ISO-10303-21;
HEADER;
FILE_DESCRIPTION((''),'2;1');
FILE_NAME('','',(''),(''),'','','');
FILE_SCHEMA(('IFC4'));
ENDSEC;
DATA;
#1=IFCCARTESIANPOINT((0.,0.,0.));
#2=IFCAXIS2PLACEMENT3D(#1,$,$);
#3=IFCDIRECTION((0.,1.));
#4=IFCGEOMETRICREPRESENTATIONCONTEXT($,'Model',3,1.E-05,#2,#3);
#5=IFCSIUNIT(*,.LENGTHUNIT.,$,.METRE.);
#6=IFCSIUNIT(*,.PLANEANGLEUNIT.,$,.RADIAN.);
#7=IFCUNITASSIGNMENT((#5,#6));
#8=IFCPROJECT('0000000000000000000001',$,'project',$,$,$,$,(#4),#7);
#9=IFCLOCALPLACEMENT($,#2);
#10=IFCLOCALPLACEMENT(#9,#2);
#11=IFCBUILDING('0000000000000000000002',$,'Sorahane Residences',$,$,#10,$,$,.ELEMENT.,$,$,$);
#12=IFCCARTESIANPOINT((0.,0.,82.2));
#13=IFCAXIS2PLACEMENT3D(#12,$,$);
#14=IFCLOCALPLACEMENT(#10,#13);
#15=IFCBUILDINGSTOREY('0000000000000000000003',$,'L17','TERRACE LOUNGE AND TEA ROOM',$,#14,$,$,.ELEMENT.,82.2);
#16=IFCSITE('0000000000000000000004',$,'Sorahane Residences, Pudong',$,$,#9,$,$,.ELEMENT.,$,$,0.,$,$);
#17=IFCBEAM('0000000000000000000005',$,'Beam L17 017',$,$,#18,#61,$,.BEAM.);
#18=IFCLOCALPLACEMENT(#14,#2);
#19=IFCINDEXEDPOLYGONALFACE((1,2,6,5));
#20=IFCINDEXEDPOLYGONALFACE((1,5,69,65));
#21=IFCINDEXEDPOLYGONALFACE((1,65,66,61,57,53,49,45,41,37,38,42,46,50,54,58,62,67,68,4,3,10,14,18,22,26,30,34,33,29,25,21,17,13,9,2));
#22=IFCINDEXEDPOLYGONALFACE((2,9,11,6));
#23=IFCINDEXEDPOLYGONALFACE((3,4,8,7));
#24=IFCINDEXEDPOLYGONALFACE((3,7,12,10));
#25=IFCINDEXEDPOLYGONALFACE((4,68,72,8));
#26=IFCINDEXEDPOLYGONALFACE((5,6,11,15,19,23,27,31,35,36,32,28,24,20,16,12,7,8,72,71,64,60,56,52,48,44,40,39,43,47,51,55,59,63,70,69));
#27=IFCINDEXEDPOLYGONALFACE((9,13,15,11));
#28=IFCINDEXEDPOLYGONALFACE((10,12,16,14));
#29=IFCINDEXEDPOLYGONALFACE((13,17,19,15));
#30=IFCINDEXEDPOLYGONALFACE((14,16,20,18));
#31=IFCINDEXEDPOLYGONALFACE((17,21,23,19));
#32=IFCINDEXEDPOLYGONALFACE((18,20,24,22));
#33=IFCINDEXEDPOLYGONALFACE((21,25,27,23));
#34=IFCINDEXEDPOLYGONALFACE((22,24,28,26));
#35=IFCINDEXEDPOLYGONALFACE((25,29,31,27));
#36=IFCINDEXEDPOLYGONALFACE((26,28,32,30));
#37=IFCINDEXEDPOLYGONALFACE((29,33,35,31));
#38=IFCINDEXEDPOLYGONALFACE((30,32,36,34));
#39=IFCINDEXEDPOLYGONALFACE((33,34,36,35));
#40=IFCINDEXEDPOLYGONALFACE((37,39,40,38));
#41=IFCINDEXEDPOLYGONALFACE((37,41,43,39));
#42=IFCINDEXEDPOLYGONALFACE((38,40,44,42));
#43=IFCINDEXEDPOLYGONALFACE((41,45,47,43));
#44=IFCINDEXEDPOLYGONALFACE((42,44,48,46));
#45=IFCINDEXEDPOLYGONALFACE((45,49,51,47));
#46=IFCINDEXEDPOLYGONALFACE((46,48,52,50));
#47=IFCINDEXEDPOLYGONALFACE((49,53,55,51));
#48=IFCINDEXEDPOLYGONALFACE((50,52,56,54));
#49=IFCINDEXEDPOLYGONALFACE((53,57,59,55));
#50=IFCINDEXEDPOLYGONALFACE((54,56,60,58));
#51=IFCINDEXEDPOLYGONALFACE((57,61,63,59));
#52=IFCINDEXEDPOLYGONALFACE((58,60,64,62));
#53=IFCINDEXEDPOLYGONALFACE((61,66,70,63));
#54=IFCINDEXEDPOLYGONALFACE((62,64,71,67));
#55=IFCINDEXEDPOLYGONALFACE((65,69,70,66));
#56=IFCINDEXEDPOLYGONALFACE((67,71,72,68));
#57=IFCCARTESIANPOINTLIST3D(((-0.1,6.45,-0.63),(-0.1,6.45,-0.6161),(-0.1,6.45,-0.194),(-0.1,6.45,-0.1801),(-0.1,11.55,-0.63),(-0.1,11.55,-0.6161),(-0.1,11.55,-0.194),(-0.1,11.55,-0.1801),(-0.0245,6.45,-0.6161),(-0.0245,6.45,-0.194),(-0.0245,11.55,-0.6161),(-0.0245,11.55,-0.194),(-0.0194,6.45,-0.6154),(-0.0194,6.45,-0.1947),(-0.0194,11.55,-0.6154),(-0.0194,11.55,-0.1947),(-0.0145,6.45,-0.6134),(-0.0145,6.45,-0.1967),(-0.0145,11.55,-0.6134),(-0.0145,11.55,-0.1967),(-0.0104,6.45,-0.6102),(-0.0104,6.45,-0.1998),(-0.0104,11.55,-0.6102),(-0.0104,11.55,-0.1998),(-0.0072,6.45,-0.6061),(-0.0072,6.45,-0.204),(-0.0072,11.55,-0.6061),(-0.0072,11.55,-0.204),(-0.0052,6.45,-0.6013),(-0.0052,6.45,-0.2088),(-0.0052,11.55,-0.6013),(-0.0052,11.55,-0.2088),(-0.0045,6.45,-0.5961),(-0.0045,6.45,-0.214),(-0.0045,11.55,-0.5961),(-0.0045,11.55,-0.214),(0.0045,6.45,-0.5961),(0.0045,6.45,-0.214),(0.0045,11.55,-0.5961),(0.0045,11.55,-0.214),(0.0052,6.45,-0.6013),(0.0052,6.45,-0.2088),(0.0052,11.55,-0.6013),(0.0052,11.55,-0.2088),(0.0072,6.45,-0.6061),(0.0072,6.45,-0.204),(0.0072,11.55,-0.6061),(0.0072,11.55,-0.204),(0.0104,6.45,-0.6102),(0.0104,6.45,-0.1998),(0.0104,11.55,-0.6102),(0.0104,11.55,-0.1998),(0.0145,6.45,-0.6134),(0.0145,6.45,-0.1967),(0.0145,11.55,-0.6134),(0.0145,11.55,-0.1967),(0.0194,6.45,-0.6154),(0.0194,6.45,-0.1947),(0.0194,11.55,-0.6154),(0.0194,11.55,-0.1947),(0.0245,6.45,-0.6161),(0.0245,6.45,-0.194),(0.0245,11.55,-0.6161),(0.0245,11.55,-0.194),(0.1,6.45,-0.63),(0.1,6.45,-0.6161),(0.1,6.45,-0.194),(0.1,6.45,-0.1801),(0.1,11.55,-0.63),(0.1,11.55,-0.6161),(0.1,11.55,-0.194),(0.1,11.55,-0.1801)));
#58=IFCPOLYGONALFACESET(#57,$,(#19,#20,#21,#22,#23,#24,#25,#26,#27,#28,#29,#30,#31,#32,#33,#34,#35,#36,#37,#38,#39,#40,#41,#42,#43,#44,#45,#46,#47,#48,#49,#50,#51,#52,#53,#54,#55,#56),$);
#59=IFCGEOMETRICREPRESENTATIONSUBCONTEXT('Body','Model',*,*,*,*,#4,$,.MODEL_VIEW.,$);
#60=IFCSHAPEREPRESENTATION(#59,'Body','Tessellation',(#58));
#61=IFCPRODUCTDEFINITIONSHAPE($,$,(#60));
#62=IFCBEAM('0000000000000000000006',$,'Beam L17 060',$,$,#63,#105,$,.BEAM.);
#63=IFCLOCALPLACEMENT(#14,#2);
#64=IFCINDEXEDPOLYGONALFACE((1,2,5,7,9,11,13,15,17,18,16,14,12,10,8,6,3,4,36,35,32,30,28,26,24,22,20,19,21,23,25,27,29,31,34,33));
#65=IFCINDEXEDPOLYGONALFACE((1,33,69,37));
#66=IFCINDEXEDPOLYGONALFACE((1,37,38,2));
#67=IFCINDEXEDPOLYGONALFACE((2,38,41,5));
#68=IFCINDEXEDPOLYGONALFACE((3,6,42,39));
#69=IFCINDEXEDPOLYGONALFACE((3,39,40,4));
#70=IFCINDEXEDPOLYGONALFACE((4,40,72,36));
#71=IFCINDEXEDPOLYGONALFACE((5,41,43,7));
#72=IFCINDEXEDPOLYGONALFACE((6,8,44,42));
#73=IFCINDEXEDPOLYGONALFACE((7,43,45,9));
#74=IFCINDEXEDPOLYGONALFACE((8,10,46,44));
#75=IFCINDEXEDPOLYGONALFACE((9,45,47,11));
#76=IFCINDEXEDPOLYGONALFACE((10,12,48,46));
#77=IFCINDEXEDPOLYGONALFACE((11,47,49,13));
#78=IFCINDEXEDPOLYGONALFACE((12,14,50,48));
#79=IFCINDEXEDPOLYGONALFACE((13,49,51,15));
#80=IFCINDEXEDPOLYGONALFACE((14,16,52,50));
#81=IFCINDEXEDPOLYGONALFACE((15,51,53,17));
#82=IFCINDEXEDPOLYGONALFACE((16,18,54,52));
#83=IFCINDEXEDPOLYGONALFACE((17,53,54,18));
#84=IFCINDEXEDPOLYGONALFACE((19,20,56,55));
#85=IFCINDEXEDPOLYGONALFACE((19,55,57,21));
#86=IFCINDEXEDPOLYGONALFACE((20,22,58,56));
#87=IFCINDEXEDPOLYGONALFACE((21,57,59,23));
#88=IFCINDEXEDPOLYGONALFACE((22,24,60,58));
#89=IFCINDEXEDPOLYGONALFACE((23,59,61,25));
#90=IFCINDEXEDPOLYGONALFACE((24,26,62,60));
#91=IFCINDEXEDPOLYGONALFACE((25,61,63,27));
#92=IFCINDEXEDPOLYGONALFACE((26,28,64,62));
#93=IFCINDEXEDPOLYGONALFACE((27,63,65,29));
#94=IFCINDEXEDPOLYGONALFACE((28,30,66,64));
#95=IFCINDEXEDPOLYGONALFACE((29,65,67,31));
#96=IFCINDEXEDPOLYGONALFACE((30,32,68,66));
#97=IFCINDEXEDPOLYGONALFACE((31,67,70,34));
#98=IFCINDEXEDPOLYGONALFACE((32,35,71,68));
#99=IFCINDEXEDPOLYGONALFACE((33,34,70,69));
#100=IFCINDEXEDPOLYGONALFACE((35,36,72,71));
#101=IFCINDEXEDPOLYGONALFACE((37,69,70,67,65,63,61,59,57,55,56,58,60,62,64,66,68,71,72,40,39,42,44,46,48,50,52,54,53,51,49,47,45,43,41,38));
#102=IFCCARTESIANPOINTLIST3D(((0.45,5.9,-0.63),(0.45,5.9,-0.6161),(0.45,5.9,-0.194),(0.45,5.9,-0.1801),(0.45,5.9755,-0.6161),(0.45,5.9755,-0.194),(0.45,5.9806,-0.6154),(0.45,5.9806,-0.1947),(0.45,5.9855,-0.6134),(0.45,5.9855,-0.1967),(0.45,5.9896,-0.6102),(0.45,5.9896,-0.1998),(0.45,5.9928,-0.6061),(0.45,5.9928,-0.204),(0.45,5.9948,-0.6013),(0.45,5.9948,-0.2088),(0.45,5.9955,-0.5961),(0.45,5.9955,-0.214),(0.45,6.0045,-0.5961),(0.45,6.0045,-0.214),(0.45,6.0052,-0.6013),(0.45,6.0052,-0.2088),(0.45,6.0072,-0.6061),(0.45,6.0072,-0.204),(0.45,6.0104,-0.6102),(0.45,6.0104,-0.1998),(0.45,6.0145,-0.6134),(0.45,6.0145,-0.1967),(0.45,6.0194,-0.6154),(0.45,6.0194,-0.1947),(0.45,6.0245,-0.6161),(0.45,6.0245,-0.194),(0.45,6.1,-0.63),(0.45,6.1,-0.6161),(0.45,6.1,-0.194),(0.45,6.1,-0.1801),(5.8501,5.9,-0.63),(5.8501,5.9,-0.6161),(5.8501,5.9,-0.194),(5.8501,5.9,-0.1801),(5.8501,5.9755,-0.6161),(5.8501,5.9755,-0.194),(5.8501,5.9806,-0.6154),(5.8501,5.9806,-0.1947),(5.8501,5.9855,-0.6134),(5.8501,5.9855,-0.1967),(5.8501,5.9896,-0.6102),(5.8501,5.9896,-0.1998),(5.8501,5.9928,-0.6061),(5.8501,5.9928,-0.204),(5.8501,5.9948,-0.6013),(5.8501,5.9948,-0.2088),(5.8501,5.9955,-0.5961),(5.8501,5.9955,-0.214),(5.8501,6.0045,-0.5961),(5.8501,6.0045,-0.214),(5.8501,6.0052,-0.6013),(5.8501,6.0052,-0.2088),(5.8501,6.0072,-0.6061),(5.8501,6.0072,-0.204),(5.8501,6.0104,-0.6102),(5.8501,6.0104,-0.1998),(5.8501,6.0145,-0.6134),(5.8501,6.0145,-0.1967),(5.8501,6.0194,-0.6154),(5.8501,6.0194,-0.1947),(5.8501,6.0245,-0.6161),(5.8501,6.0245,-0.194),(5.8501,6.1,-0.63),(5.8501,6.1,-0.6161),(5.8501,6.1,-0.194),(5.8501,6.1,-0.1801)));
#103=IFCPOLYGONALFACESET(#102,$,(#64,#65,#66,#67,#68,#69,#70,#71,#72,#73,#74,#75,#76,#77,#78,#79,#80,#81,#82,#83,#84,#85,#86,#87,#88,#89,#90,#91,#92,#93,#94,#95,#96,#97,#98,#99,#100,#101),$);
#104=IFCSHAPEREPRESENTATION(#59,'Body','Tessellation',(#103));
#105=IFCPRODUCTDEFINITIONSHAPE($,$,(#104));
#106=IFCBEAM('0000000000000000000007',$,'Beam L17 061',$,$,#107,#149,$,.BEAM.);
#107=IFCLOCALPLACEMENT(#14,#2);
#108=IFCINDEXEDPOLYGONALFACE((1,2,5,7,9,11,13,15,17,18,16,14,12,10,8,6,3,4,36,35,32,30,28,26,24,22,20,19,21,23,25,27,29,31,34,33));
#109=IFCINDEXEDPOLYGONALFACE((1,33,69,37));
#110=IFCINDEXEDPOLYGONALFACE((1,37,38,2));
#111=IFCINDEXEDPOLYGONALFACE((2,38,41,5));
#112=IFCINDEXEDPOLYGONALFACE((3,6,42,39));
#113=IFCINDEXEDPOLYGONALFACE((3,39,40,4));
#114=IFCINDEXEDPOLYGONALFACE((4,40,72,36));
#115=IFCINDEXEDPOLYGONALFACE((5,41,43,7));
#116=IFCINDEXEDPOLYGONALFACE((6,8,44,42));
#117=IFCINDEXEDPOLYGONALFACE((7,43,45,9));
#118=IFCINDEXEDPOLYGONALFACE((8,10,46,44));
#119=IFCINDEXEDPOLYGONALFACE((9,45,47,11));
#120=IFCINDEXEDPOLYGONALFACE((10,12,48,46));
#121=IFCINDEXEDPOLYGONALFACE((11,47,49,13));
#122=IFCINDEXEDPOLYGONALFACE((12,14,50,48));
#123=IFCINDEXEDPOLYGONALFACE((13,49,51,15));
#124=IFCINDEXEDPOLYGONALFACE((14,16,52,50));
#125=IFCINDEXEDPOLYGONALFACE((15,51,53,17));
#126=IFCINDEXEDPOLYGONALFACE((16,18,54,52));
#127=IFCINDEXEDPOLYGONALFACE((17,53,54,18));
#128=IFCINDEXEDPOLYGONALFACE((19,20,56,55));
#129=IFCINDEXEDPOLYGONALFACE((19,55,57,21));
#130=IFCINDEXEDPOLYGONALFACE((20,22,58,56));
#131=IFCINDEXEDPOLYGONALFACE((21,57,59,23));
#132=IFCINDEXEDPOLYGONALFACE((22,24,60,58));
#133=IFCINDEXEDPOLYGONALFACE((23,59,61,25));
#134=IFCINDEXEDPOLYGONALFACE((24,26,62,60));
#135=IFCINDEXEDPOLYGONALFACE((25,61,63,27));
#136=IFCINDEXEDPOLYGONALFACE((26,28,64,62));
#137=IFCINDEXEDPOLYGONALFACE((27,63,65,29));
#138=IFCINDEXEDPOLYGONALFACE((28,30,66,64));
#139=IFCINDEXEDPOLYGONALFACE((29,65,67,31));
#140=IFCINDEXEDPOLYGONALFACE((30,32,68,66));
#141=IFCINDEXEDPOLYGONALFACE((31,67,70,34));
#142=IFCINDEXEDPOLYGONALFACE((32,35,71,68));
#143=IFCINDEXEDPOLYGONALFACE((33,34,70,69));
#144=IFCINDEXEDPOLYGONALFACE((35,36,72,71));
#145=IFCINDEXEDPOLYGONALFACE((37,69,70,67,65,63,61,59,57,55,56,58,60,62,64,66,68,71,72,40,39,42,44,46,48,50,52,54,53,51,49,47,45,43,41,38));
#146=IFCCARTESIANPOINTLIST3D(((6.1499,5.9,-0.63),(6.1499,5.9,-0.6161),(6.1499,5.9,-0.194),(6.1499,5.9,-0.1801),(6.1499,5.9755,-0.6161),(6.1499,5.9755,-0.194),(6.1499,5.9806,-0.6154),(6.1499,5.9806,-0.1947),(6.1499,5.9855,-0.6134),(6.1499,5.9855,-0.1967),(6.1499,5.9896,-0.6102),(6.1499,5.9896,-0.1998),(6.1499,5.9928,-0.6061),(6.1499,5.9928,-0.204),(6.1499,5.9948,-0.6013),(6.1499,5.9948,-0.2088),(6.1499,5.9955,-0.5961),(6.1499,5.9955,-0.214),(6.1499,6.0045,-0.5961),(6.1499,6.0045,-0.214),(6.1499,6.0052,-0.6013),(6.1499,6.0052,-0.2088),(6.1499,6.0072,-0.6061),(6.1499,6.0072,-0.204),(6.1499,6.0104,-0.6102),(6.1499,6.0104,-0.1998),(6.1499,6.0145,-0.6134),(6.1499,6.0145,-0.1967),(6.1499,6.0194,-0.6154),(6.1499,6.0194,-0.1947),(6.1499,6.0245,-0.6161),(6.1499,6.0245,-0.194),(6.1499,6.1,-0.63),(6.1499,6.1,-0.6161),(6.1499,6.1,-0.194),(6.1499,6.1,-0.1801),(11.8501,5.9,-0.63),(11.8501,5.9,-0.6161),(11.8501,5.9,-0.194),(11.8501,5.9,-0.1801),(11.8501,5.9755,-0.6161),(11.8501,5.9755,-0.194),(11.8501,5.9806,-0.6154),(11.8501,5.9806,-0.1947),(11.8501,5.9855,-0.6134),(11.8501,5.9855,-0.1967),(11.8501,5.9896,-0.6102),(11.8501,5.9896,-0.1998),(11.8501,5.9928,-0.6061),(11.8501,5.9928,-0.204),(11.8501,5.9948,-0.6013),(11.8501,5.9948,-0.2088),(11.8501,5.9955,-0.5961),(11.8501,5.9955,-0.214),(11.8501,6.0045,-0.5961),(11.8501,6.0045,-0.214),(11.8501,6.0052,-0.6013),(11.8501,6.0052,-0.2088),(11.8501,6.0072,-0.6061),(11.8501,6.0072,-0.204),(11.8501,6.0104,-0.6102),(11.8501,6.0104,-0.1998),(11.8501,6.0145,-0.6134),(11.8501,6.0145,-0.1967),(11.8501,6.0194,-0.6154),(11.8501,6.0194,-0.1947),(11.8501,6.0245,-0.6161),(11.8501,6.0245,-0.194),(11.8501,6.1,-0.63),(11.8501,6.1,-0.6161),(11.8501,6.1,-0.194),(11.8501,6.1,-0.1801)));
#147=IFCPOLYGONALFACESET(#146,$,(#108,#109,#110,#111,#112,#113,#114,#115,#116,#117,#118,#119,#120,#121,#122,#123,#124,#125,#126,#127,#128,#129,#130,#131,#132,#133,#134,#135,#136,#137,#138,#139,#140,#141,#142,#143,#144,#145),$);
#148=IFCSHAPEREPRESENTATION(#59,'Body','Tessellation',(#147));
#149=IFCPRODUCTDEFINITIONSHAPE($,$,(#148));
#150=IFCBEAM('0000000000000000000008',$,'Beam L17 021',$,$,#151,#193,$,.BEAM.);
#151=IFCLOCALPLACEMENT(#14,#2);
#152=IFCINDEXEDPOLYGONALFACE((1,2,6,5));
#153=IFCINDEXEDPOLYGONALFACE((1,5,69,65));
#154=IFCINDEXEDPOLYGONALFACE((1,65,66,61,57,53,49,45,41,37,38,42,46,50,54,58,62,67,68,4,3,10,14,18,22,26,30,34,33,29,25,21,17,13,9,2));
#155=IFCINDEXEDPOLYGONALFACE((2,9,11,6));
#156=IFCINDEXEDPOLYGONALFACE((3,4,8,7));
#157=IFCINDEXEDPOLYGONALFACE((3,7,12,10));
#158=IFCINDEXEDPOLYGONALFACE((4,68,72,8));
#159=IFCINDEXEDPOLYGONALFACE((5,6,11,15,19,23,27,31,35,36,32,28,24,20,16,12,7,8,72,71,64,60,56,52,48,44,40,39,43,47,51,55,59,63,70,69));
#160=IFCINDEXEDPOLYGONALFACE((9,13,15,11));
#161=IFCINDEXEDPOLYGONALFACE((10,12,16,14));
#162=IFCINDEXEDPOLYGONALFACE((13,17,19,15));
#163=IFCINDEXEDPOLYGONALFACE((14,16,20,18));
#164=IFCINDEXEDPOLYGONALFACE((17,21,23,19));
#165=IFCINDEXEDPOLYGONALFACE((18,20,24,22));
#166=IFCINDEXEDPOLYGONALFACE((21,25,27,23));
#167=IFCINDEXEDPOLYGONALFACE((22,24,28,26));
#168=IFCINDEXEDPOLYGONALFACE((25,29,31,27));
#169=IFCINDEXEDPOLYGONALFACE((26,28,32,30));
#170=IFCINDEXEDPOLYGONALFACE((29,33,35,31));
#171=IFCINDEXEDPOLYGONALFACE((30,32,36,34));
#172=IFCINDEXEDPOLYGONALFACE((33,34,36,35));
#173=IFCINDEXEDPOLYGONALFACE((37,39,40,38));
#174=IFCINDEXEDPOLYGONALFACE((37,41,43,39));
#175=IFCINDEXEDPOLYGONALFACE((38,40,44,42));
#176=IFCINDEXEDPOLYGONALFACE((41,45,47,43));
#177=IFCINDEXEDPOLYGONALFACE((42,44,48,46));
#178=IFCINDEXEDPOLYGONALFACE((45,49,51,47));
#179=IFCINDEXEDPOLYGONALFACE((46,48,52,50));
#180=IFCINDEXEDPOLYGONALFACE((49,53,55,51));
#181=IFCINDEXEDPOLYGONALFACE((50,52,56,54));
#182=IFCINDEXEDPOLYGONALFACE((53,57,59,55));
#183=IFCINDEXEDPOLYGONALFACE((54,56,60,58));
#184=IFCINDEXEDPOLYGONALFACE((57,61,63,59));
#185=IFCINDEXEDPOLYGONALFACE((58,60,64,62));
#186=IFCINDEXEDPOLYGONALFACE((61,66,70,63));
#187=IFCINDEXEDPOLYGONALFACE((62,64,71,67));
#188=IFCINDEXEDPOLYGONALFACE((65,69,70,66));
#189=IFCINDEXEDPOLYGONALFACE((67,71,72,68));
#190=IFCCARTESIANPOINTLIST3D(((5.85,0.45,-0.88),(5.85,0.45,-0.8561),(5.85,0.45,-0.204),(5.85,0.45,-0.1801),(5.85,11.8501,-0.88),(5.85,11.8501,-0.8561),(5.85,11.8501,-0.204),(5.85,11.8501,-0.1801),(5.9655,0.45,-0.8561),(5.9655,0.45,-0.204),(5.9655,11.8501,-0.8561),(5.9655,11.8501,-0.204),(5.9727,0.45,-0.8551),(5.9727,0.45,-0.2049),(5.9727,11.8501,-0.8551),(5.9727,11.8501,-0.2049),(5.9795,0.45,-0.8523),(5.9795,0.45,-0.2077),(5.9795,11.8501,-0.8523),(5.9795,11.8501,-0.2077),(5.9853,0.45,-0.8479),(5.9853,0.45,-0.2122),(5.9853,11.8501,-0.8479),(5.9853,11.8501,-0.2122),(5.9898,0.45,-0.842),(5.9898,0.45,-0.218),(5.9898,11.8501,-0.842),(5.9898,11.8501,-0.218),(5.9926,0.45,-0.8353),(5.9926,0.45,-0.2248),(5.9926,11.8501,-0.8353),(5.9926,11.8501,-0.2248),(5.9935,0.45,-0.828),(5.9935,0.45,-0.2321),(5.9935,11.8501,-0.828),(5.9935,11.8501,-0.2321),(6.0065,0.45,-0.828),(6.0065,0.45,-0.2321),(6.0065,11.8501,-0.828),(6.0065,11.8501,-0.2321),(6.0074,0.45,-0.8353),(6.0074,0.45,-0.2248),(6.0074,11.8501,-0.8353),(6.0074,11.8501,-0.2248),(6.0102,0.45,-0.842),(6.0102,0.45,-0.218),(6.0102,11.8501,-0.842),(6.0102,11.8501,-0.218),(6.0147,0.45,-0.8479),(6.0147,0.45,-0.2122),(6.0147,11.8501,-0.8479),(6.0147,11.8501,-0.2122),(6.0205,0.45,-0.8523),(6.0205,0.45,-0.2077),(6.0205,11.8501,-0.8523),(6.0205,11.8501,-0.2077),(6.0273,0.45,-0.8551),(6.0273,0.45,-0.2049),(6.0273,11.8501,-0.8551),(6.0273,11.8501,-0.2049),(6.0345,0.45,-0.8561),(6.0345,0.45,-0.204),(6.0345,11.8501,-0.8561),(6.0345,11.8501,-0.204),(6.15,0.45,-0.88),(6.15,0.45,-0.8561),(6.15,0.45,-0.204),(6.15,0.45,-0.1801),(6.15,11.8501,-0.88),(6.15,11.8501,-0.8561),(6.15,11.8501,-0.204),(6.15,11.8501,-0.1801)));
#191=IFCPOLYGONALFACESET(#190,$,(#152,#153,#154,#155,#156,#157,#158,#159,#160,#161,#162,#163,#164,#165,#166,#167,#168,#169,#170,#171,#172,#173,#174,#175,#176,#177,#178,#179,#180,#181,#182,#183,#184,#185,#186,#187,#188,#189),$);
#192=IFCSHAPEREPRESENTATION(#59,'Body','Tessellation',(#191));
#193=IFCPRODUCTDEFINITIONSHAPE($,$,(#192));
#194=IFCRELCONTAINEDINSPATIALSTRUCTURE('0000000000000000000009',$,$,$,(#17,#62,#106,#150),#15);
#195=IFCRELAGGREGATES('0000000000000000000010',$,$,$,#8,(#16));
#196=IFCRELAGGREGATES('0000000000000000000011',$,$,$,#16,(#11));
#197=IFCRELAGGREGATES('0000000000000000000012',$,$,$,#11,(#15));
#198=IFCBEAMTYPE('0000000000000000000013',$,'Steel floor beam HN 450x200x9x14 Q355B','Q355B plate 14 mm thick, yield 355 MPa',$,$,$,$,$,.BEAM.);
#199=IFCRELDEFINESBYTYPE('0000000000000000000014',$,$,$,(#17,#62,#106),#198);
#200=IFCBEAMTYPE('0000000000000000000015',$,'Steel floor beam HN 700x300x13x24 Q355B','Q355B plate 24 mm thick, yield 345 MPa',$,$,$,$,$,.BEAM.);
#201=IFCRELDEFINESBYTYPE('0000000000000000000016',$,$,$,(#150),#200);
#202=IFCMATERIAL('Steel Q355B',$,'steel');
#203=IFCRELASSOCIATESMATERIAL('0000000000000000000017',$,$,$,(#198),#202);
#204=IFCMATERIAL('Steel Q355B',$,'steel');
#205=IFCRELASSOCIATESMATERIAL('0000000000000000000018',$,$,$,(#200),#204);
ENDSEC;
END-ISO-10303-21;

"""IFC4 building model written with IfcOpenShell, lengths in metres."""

from ifc_helpers import new_model, si_unit, direction, frame, origin, origin_2d, place, context, subcontext, project, spatial, i_section, extrude, material, material_profile, profile_set, type_object, element, save


model = new_model("IFC4")

# Units and contexts
model_context = context("Model", 3, precision=1e-05, world=origin(), true_north=direction((0.0, 1.0)))
body_context = subcontext(model_context, "Body", "Model", "MODEL_VIEW")
ifc_project = project(units=[si_unit("LENGTHUNIT", "METRE"), si_unit("PLANEANGLEUNIT", "RADIAN")], contexts=[model_context])

# Site, building, storey
site_placement = place(None, origin())
site = spatial("IfcSite", under=ifc_project, at=site_placement, Name="Sorahane Residences, Pudong", CompositionType="ELEMENT", RefElevation=0.0)
building_placement = place(site_placement, origin())
building = spatial("IfcBuilding", under=site, at=building_placement, Name="Sorahane Residences", CompositionType="ELEMENT")
storey_placement = place(building_placement, frame((0.0, 0.0, 82.2)))
storey = spatial("IfcBuildingStorey", under=building, at=storey_placement, Name="L17", Description="TERRACE LOUNGE AND TEA ROOM", CompositionType="ELEMENT", Elevation=82.2)

# Beams
ifc_material_1 = material(Name="Steel Q355B", Category="steel")
ifc_material_profile_1 = material_profile(ifc_material_1, i_section(OverallWidth=0.2, OverallDepth=0.45, WebThickness=0.009, FlangeThickness=0.0139, FilletRadius=0.02, at=origin_2d()), Name="HN 450x200x9x14")
ifc_profile_set_1 = profile_set([ifc_material_profile_1], Name="Steel Q355B")
beam_type_1 = type_object("IfcBeamType", Name="Steel floor beam HN 450x200x9x14 Q355B", Description="Q355B plate 14 mm thick, yield 355 MPa", PredefinedType="BEAM", material=ifc_profile_set_1)
for number, where, z_axis, x_axis, name in (
    (1, (0.0, 6.45, -0.405), (0.0, 1.0, 0.0), (-1.0, 0.0, 0.0), "Beam L17 017"),
):
    element("IfcBeam", number, at=place(storey_placement, frame(where, z_axis=z_axis, x_axis=x_axis)), inside=storey, type_object=beam_type_1, Name=name, PredefinedType="BEAM", context=body_context, shape_type="SweptSolid", body=[
        extrude(i_section(OverallWidth=0.2, OverallDepth=0.45, WebThickness=0.009, FlangeThickness=0.0139, FilletRadius=0.02, at=origin_2d()), origin(), (0.0, 0.0, 1.0), 5.1001),
    ])
beam_1_placement = place(storey_placement, frame((0.45, 6.0, -0.405), z_axis=(1.0, 0.0, 0.0), x_axis=(0.0, 1.0, 0.0)))
element("IfcBeam", 2, at=beam_1_placement, inside=storey, type_object=beam_type_1, Name="Beam L17 060", PredefinedType="BEAM", context=body_context, shape_type="SweptSolid", body=[
    extrude(i_section(OverallWidth=0.2, OverallDepth=0.45, WebThickness=0.009, FlangeThickness=0.0139, FilletRadius=0.02, at=origin_2d()), origin(), (0.0, 0.0, 1.0), 5.4001),
])
beam_2_placement = place(storey_placement, frame((6.1499, 6.0, -0.405), z_axis=(1.0, 0.0, 0.0), x_axis=(0.0, 1.0, 0.0)))
element("IfcBeam", 3, at=beam_2_placement, inside=storey, type_object=beam_type_1, Name="Beam L17 061", PredefinedType="BEAM", context=body_context, shape_type="SweptSolid", body=[
    extrude(i_section(OverallWidth=0.2, OverallDepth=0.45, WebThickness=0.009, FlangeThickness=0.0139, FilletRadius=0.02, at=origin_2d()), origin(), (0.0, 0.0, 1.0), 5.7002),
])
ifc_material_2 = material(Name="Steel Q355B", Category="steel")
ifc_material_profile_2 = material_profile(ifc_material_2, i_section(OverallWidth=0.3, OverallDepth=0.7, WebThickness=0.0129, FlangeThickness=0.0239, FilletRadius=0.0281, at=origin_2d()), Name="HN 700x300x13x24")
ifc_profile_set_2 = profile_set([ifc_material_profile_2], Name="Steel Q355B")
beam_type_2 = type_object("IfcBeamType", Name="Steel floor beam HN 700x300x13x24 Q355B", Description="Q355B plate 24 mm thick, yield 345 MPa", PredefinedType="BEAM", material=ifc_profile_set_2)
beam_3_placement = place(storey_placement, frame((6.0, 0.45, -0.53), z_axis=(0.0, 1.0, 0.0), x_axis=(-1.0, 0.0, 0.0)))
element("IfcBeam", 4, at=beam_3_placement, inside=storey, type_object=beam_type_2, Name="Beam L17 021", PredefinedType="BEAM", context=body_context, shape_type="SweptSolid", body=[
    extrude(i_section(OverallWidth=0.3, OverallDepth=0.7, WebThickness=0.0129, FlangeThickness=0.0239, FilletRadius=0.0281, at=origin_2d()), origin(), (0.0, 0.0, 1.0), 11.4001),
])

save(model, "model.ifc")
